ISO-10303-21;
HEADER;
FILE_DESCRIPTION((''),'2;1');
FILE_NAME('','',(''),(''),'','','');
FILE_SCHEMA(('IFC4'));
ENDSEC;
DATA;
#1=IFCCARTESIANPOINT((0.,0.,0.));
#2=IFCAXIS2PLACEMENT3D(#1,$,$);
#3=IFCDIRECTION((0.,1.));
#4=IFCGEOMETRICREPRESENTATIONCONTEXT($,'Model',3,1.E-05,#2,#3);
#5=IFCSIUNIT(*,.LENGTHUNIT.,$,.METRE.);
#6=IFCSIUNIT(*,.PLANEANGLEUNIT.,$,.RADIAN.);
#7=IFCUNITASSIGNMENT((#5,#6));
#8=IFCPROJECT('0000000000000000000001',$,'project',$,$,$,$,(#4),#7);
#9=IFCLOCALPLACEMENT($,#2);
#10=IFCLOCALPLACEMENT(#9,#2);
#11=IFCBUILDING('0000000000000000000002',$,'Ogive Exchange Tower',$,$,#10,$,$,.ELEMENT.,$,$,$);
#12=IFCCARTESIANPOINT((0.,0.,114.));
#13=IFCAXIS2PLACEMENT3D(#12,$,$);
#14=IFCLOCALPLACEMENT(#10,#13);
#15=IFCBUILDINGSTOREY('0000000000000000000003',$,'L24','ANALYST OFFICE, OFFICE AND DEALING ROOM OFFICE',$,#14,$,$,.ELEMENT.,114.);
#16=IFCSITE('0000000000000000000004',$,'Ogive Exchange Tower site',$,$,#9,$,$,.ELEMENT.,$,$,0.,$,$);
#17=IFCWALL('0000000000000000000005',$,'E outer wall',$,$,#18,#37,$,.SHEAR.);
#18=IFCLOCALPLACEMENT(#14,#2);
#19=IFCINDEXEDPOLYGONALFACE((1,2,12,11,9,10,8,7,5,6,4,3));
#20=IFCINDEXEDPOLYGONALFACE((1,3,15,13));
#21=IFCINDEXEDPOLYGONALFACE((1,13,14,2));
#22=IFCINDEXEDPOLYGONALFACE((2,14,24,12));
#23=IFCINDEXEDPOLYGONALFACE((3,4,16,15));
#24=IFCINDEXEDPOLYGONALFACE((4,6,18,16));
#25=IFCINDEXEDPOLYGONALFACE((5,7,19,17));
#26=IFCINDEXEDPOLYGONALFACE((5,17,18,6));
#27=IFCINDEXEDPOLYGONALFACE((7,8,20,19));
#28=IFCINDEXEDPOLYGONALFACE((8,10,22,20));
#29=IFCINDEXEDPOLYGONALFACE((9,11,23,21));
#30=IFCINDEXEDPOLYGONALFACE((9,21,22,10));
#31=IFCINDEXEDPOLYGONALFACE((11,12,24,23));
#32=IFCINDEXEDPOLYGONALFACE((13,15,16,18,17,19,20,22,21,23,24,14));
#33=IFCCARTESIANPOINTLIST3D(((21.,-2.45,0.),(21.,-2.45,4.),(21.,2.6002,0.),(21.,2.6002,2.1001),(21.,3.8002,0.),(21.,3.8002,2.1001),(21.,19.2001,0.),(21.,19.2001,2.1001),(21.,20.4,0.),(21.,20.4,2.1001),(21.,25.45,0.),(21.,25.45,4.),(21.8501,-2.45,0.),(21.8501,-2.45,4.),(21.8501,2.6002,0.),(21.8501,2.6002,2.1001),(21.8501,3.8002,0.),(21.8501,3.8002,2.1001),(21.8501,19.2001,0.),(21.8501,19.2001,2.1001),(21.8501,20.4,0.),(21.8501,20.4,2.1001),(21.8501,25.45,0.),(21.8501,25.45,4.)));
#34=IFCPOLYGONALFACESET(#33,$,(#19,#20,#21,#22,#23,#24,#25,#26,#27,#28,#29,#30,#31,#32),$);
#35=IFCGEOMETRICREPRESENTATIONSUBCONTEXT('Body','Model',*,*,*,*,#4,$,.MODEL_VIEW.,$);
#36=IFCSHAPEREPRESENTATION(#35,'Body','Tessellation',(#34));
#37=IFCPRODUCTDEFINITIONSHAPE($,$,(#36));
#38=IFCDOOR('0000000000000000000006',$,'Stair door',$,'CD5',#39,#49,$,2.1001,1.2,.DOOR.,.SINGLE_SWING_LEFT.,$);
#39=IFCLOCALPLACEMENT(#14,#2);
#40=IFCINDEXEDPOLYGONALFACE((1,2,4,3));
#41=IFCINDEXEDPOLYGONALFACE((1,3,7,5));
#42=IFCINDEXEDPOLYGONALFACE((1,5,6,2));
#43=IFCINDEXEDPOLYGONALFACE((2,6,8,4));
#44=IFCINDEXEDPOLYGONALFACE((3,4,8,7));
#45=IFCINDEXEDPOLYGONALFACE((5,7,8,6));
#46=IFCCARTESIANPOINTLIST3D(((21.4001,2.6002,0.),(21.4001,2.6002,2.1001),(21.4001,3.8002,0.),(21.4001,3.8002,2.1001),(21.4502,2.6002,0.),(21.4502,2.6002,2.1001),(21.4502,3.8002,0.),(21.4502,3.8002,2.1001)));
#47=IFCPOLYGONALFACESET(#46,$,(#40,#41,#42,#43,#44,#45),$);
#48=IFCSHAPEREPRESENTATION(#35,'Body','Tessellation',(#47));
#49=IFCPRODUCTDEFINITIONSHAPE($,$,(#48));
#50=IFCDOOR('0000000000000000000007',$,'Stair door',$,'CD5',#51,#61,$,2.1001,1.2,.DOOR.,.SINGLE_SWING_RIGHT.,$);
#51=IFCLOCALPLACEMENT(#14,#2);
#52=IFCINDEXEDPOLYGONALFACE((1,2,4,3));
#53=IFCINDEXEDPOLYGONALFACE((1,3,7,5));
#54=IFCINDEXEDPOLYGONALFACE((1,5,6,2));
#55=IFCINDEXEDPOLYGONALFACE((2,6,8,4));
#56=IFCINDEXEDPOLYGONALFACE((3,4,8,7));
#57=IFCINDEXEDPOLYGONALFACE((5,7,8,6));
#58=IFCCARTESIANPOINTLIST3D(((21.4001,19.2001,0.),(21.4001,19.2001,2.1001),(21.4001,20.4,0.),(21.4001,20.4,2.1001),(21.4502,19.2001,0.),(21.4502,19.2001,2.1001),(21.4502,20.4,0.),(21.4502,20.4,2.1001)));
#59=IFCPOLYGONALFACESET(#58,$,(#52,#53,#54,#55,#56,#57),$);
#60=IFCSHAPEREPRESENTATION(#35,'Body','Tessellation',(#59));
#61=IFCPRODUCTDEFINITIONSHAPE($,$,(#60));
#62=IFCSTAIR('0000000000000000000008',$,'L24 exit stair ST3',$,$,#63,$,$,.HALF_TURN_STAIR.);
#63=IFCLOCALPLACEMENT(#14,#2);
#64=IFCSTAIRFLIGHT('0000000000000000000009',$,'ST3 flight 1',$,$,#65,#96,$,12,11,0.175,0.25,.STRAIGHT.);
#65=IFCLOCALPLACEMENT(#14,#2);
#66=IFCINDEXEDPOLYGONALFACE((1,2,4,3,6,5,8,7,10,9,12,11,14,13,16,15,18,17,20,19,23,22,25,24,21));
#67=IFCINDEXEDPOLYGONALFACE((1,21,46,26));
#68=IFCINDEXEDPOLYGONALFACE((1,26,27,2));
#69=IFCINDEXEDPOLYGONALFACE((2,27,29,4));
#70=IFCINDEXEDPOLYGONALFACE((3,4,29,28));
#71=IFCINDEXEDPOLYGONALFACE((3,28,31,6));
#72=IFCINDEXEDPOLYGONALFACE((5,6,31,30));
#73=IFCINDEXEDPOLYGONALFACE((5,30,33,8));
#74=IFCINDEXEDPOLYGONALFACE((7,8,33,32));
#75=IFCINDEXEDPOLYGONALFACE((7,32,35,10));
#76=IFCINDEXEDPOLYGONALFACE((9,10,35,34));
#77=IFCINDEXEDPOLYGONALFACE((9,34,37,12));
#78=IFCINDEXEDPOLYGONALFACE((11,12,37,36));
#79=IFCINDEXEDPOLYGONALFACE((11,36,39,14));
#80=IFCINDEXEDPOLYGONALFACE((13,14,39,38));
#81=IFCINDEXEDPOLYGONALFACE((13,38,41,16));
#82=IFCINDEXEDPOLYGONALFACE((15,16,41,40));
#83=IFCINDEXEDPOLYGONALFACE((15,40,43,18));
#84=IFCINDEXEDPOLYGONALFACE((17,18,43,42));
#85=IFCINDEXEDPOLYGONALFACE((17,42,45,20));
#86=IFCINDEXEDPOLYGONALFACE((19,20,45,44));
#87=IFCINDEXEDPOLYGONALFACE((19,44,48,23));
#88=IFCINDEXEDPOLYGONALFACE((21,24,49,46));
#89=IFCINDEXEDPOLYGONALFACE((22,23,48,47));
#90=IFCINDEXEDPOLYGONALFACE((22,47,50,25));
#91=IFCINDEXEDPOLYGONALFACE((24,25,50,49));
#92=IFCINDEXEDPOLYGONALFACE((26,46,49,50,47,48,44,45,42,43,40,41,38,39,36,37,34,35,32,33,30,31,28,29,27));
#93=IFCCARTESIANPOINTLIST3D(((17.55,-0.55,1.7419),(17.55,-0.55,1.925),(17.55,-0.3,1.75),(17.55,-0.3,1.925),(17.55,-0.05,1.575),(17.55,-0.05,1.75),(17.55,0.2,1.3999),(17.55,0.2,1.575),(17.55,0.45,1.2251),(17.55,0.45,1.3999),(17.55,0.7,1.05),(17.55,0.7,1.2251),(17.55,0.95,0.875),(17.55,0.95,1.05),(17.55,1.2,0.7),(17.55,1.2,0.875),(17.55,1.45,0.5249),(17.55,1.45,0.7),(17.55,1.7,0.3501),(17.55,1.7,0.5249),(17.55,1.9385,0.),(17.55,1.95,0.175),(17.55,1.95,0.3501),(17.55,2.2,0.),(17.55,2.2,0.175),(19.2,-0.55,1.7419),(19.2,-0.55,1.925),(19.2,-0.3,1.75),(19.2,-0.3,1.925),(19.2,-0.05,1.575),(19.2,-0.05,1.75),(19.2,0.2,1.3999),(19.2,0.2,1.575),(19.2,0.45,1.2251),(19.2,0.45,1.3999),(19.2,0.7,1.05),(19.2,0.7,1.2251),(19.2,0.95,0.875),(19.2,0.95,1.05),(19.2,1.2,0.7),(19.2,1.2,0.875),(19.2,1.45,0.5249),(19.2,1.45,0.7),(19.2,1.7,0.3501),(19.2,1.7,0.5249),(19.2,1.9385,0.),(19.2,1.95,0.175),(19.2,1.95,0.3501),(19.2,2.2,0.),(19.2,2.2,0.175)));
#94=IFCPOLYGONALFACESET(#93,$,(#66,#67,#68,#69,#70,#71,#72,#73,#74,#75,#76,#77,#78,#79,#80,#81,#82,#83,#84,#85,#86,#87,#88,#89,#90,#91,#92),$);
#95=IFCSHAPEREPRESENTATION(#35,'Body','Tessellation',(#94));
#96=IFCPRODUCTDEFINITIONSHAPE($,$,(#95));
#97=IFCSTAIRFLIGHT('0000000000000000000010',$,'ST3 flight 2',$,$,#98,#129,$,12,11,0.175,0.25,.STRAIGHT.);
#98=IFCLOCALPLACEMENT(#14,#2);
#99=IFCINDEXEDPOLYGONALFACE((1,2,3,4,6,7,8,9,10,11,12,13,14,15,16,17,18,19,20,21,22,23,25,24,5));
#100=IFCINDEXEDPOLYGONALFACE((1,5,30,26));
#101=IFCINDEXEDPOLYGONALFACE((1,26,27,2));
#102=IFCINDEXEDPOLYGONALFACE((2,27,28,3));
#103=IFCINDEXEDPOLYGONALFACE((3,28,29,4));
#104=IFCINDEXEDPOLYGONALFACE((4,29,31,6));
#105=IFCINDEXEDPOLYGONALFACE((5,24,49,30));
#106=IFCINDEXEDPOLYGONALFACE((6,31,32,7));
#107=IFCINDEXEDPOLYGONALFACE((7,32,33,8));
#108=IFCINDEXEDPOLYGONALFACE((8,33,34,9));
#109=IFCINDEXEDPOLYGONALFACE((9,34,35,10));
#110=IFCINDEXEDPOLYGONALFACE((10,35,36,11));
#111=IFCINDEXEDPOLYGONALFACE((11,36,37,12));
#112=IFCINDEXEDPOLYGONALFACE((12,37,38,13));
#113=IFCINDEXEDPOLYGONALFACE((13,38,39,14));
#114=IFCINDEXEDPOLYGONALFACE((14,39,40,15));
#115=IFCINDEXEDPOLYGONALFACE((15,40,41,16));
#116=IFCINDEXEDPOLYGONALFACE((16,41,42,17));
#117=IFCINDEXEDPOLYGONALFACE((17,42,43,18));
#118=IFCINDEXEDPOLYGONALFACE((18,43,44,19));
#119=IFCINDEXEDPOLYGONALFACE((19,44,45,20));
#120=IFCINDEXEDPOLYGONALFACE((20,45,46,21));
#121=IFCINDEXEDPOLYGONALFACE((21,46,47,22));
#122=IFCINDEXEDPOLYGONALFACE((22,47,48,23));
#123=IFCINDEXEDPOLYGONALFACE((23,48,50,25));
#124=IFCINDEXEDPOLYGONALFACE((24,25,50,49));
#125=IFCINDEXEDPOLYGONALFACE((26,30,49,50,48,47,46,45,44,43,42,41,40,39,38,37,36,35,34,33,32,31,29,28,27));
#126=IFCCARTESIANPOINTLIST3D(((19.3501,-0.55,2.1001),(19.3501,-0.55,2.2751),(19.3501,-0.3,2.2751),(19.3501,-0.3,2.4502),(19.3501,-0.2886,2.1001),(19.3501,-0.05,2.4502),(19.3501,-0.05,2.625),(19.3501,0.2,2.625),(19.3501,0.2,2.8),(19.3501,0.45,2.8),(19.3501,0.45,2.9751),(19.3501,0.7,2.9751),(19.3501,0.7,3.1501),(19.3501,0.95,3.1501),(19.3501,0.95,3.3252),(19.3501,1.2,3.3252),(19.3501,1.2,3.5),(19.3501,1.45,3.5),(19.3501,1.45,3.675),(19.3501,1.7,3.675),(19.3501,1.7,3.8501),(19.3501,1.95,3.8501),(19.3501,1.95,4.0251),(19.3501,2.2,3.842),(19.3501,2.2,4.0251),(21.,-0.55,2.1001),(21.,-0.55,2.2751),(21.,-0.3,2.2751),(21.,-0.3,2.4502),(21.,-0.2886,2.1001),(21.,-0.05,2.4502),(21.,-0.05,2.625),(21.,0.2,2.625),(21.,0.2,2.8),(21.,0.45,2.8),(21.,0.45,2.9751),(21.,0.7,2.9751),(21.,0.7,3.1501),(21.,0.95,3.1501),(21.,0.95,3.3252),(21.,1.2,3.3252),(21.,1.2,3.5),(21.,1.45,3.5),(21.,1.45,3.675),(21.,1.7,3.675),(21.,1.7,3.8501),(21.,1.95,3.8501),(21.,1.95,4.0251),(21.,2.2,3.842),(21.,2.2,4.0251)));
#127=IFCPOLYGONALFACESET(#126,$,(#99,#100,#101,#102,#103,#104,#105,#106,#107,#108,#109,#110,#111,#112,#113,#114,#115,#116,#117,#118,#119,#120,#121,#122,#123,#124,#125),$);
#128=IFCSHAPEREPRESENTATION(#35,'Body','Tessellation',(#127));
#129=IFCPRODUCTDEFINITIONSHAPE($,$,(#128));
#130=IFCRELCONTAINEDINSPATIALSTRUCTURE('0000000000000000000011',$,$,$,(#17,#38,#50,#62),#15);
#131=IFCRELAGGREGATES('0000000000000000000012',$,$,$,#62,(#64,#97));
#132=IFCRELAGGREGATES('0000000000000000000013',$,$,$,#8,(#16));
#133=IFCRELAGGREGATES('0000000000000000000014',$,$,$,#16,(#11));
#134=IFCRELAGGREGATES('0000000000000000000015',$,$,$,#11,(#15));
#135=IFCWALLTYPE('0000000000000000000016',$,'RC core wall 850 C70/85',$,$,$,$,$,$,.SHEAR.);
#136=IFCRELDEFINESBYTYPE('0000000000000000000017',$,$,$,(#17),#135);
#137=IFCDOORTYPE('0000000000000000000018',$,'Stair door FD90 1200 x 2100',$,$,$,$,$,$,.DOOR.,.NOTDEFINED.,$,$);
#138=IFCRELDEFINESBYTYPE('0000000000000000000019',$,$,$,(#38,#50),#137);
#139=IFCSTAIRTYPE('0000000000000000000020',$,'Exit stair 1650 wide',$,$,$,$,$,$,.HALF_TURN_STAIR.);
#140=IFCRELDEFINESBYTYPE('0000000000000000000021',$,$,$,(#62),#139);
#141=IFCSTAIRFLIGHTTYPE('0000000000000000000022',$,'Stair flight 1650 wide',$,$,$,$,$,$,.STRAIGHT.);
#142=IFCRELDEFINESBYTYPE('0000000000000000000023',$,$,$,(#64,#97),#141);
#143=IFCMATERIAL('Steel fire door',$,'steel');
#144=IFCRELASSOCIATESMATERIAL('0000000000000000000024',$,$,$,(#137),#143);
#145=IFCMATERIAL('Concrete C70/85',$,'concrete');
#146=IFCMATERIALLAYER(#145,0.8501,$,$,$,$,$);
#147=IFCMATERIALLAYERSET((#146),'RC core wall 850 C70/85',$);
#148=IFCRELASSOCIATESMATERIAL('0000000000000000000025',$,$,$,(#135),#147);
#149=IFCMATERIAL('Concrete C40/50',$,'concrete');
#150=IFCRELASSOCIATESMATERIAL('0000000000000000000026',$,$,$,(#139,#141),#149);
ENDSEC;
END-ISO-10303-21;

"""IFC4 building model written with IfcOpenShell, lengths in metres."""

from ifc_helpers import new_model, si_unit, direction, frame, frame_2d, origin, place, context, subcontext, project, spatial, polyline, rectangle, outline, extrude, material, layer, layer_set, type_object, element, fill, aggregate, save


model = new_model("IFC4")

# Units and contexts
model_context = context("Model", 3, precision=1e-05, world=origin(), true_north=direction((0.0, 1.0)))
body_context = subcontext(model_context, "Body", "Model", "MODEL_VIEW")
ifc_project = project(units=[si_unit("LENGTHUNIT", "METRE"), si_unit("PLANEANGLEUNIT", "RADIAN")], contexts=[model_context])

# Site, building, storey
site_placement = place(None, origin())
site = spatial("IfcSite", under=ifc_project, at=site_placement, Name="Ogive Exchange Tower site", CompositionType="ELEMENT", RefElevation=0.0)
building_placement = place(site_placement, origin())
building = spatial("IfcBuilding", under=site, at=building_placement, Name="Ogive Exchange Tower", CompositionType="ELEMENT")
storey_placement = place(building_placement, frame((0.0, 0.0, 114.0)))
storey = spatial("IfcBuildingStorey", under=building, at=storey_placement, Name="L24", Description="ANALYST OFFICE, OFFICE AND DEALING ROOM OFFICE", CompositionType="ELEMENT", Elevation=114.0)

# Shared definitions
ifc_material_1 = material(Name="Concrete C70/85", Category="concrete")
ifc_material_2 = material(Name="Steel fire door", Category="steel")
door_type_1 = type_object("IfcDoorType", Name="Stair door FD90 1200 x 2100", OperationType="NOTDEFINED", PredefinedType="DOOR", material=ifc_material_2)

# Wall, openings, doors
ifc_layer_1 = layer(ifc_material_1, 0.8501)
ifc_layer_set_1 = layer_set([ifc_layer_1], Name="RC core wall 850 C70/85")
wall_type_1 = type_object("IfcWallType", Name="RC core wall 850 C70/85", PredefinedType="SHEAR", material=ifc_layer_set_1)
wall_1_placement = place(storey_placement, frame((21.425, -2.45, 0.0), z_axis=(0.0, 0.0, 1.0), x_axis=(0.0, 1.0, 0.0)))
wall_1 = element("IfcWall", 1, at=wall_1_placement, inside=storey, type_object=wall_type_1, Name="E outer wall", PredefinedType="SHEAR", context=body_context, shape_type="SweptSolid", body=[
    extrude(rectangle(XDim=27.8999, YDim=0.8501, at=frame_2d((13.95, 0.0))), origin(), (0.0, 0.0, 1.0), 4.0),
])
opening_1_placement = place(wall_1_placement, frame((5.05, 0.0, 0.0)))
opening_1 = element("IfcOpeningElement", 2, at=opening_1_placement, cuts=wall_1, PredefinedType="OPENING", context=body_context, shape_type="SweptSolid", body=[
    extrude(rectangle(XDim=1.2, YDim=2.1001, at=frame_2d((0.6001, 1.05))), frame((0.0, 0.4351, 0.0), z_axis=(0.0, -1.0, 0.0), x_axis=(1.0, 0.0, 0.0)), (0.0, 0.0, 1.0), 0.8701),
])
opening_2_placement = place(wall_1_placement, frame((21.6499, 0.0, 0.0)))
opening_2 = element("IfcOpeningElement", 3, at=opening_2_placement, cuts=wall_1, PredefinedType="OPENING", context=body_context, shape_type="SweptSolid", body=[
    extrude(rectangle(XDim=1.2, YDim=2.1001, at=frame_2d((0.6001, 1.05))), frame((0.0, 0.4351, 0.0), z_axis=(0.0, -1.0, 0.0), x_axis=(1.0, 0.0, 0.0)), (0.0, 0.0, 1.0), 0.8701),
])
door_1_placement = place(opening_1_placement, origin())
door_1 = element("IfcDoor", 4, at=door_1_placement, inside=storey, type_object=door_type_1, Name="Stair door", ObjectType="CD5", OperationType="SINGLE_SWING_LEFT", OverallHeight=2.1001, OverallWidth=1.2, PredefinedType="DOOR", context=body_context, shape_type="SweptSolid", body=[
    extrude(rectangle(XDim=1.2, YDim=2.1001, at=frame_2d((0.6001, 1.05))), frame((0.0, 0.0249, 0.0), z_axis=(0.0, -1.0, 0.0), x_axis=(1.0, 0.0, 0.0)), (0.0, 0.0, 1.0), 0.05),
])
fill(opening_1, door_1)
door_2_placement = place(opening_2_placement, origin())
door_2 = element("IfcDoor", 5, at=door_2_placement, inside=storey, type_object=door_type_1, Name="Stair door", ObjectType="CD5", OperationType="SINGLE_SWING_RIGHT", OverallHeight=2.1001, OverallWidth=1.2, PredefinedType="DOOR", context=body_context, shape_type="SweptSolid", body=[
    extrude(rectangle(XDim=1.2, YDim=2.1001, at=frame_2d((0.6001, 1.05))), frame((0.0, 0.0249, 0.0), z_axis=(0.0, -1.0, 0.0), x_axis=(1.0, 0.0, 0.0)), (0.0, 0.0, 1.0), 0.05),
])
fill(opening_2, door_2)

# Stair, stair flights
ifc_material_3 = material(Name="Concrete C40/50", Category="concrete")
stair_type = type_object("IfcStairType", Name="Exit stair 1650 wide", PredefinedType="HALF_TURN_STAIR", material=ifc_material_3)
stair_placement = place(storey_placement, origin())
stair = element("IfcStair", 6, at=stair_placement, inside=storey, type_object=stair_type, Name="L24 exit stair ST3", PredefinedType="HALF_TURN_STAIR")
stair_flight_type = type_object("IfcStairFlightType", Name="Stair flight 1650 wide", PredefinedType="STRAIGHT", material=ifc_material_3)
stair_flight_1_placement = place(storey_placement, frame((18.375, 2.2, 0.0), z_axis=(0.0, 0.0, 1.0), x_axis=(0.0, -1.0, 0.0)))
stair_flight_1 = element("IfcStairFlight", 7, at=stair_flight_1_placement, type_object=stair_flight_type, Name="ST3 flight 1", NumberOfRisers=12, NumberOfTreads=11, PredefinedType="STRAIGHT", RiserHeight=0.175, TreadLength=0.25, context=body_context, shape_type="SweptSolid", body=[
    extrude(outline(polyline([(0.0, 0.0), (0.0, 0.175), (0.25, 0.175), (0.25, 0.3501), (0.5, 0.3501), (0.5, 0.5249), (0.75, 0.5249), (0.75, 0.7), (1.0, 0.7), (1.0, 0.875), (1.25, 0.875), (1.25, 1.05), (1.5, 1.05), (1.5, 1.2251), (1.75, 1.2251), (1.75, 1.3999), (2.0, 1.3999), (2.0, 1.575), (2.25, 1.575), (2.25, 1.75), (2.5, 1.75), (2.5, 1.925), (2.75, 1.925), (2.75, 2.1001), (2.75, 1.7419), (0.2615, 0.0), (0.0, 0.0)])), frame((0.0, 0.825, 0.0), z_axis=(0.0, -1.0, 0.0), x_axis=(1.0, 0.0, 0.0)), (0.0, 0.0, 1.0), 1.6499),
])
stair_flight_2_placement = place(storey_placement, frame((20.175, -0.55, 2.1001), z_axis=(0.0, 0.0, 1.0), x_axis=(0.0, 1.0, 0.0)))
stair_flight_2 = element("IfcStairFlight", 8, at=stair_flight_2_placement, type_object=stair_flight_type, Name="ST3 flight 2", NumberOfRisers=12, NumberOfTreads=11, PredefinedType="STRAIGHT", RiserHeight=0.175, TreadLength=0.25, context=body_context, shape_type="SweptSolid", body=[
    extrude(outline(polyline([(0.0, 0.0), (0.0, 0.175), (0.25, 0.175), (0.25, 0.3501), (0.5, 0.3501), (0.5, 0.5249), (0.75, 0.5249), (0.75, 0.7), (1.0, 0.7), (1.0, 0.875), (1.25, 0.875), (1.25, 1.05), (1.5, 1.05), (1.5, 1.2251), (1.75, 1.2251), (1.75, 1.3999), (2.0, 1.3999), (2.0, 1.575), (2.25, 1.575), (2.25, 1.75), (2.5, 1.75), (2.5, 1.925), (2.75, 1.925), (2.75, 2.1001), (2.75, 1.7419), (0.2615, 0.0), (0.0, 0.0)])), frame((0.0, 0.825, 0.0), z_axis=(0.0, -1.0, 0.0), x_axis=(1.0, 0.0, 0.0)), (0.0, 0.0, 1.0), 1.6499),
])
aggregate(stair, [stair_flight_1, stair_flight_2])

save(model, "model.ifc")
